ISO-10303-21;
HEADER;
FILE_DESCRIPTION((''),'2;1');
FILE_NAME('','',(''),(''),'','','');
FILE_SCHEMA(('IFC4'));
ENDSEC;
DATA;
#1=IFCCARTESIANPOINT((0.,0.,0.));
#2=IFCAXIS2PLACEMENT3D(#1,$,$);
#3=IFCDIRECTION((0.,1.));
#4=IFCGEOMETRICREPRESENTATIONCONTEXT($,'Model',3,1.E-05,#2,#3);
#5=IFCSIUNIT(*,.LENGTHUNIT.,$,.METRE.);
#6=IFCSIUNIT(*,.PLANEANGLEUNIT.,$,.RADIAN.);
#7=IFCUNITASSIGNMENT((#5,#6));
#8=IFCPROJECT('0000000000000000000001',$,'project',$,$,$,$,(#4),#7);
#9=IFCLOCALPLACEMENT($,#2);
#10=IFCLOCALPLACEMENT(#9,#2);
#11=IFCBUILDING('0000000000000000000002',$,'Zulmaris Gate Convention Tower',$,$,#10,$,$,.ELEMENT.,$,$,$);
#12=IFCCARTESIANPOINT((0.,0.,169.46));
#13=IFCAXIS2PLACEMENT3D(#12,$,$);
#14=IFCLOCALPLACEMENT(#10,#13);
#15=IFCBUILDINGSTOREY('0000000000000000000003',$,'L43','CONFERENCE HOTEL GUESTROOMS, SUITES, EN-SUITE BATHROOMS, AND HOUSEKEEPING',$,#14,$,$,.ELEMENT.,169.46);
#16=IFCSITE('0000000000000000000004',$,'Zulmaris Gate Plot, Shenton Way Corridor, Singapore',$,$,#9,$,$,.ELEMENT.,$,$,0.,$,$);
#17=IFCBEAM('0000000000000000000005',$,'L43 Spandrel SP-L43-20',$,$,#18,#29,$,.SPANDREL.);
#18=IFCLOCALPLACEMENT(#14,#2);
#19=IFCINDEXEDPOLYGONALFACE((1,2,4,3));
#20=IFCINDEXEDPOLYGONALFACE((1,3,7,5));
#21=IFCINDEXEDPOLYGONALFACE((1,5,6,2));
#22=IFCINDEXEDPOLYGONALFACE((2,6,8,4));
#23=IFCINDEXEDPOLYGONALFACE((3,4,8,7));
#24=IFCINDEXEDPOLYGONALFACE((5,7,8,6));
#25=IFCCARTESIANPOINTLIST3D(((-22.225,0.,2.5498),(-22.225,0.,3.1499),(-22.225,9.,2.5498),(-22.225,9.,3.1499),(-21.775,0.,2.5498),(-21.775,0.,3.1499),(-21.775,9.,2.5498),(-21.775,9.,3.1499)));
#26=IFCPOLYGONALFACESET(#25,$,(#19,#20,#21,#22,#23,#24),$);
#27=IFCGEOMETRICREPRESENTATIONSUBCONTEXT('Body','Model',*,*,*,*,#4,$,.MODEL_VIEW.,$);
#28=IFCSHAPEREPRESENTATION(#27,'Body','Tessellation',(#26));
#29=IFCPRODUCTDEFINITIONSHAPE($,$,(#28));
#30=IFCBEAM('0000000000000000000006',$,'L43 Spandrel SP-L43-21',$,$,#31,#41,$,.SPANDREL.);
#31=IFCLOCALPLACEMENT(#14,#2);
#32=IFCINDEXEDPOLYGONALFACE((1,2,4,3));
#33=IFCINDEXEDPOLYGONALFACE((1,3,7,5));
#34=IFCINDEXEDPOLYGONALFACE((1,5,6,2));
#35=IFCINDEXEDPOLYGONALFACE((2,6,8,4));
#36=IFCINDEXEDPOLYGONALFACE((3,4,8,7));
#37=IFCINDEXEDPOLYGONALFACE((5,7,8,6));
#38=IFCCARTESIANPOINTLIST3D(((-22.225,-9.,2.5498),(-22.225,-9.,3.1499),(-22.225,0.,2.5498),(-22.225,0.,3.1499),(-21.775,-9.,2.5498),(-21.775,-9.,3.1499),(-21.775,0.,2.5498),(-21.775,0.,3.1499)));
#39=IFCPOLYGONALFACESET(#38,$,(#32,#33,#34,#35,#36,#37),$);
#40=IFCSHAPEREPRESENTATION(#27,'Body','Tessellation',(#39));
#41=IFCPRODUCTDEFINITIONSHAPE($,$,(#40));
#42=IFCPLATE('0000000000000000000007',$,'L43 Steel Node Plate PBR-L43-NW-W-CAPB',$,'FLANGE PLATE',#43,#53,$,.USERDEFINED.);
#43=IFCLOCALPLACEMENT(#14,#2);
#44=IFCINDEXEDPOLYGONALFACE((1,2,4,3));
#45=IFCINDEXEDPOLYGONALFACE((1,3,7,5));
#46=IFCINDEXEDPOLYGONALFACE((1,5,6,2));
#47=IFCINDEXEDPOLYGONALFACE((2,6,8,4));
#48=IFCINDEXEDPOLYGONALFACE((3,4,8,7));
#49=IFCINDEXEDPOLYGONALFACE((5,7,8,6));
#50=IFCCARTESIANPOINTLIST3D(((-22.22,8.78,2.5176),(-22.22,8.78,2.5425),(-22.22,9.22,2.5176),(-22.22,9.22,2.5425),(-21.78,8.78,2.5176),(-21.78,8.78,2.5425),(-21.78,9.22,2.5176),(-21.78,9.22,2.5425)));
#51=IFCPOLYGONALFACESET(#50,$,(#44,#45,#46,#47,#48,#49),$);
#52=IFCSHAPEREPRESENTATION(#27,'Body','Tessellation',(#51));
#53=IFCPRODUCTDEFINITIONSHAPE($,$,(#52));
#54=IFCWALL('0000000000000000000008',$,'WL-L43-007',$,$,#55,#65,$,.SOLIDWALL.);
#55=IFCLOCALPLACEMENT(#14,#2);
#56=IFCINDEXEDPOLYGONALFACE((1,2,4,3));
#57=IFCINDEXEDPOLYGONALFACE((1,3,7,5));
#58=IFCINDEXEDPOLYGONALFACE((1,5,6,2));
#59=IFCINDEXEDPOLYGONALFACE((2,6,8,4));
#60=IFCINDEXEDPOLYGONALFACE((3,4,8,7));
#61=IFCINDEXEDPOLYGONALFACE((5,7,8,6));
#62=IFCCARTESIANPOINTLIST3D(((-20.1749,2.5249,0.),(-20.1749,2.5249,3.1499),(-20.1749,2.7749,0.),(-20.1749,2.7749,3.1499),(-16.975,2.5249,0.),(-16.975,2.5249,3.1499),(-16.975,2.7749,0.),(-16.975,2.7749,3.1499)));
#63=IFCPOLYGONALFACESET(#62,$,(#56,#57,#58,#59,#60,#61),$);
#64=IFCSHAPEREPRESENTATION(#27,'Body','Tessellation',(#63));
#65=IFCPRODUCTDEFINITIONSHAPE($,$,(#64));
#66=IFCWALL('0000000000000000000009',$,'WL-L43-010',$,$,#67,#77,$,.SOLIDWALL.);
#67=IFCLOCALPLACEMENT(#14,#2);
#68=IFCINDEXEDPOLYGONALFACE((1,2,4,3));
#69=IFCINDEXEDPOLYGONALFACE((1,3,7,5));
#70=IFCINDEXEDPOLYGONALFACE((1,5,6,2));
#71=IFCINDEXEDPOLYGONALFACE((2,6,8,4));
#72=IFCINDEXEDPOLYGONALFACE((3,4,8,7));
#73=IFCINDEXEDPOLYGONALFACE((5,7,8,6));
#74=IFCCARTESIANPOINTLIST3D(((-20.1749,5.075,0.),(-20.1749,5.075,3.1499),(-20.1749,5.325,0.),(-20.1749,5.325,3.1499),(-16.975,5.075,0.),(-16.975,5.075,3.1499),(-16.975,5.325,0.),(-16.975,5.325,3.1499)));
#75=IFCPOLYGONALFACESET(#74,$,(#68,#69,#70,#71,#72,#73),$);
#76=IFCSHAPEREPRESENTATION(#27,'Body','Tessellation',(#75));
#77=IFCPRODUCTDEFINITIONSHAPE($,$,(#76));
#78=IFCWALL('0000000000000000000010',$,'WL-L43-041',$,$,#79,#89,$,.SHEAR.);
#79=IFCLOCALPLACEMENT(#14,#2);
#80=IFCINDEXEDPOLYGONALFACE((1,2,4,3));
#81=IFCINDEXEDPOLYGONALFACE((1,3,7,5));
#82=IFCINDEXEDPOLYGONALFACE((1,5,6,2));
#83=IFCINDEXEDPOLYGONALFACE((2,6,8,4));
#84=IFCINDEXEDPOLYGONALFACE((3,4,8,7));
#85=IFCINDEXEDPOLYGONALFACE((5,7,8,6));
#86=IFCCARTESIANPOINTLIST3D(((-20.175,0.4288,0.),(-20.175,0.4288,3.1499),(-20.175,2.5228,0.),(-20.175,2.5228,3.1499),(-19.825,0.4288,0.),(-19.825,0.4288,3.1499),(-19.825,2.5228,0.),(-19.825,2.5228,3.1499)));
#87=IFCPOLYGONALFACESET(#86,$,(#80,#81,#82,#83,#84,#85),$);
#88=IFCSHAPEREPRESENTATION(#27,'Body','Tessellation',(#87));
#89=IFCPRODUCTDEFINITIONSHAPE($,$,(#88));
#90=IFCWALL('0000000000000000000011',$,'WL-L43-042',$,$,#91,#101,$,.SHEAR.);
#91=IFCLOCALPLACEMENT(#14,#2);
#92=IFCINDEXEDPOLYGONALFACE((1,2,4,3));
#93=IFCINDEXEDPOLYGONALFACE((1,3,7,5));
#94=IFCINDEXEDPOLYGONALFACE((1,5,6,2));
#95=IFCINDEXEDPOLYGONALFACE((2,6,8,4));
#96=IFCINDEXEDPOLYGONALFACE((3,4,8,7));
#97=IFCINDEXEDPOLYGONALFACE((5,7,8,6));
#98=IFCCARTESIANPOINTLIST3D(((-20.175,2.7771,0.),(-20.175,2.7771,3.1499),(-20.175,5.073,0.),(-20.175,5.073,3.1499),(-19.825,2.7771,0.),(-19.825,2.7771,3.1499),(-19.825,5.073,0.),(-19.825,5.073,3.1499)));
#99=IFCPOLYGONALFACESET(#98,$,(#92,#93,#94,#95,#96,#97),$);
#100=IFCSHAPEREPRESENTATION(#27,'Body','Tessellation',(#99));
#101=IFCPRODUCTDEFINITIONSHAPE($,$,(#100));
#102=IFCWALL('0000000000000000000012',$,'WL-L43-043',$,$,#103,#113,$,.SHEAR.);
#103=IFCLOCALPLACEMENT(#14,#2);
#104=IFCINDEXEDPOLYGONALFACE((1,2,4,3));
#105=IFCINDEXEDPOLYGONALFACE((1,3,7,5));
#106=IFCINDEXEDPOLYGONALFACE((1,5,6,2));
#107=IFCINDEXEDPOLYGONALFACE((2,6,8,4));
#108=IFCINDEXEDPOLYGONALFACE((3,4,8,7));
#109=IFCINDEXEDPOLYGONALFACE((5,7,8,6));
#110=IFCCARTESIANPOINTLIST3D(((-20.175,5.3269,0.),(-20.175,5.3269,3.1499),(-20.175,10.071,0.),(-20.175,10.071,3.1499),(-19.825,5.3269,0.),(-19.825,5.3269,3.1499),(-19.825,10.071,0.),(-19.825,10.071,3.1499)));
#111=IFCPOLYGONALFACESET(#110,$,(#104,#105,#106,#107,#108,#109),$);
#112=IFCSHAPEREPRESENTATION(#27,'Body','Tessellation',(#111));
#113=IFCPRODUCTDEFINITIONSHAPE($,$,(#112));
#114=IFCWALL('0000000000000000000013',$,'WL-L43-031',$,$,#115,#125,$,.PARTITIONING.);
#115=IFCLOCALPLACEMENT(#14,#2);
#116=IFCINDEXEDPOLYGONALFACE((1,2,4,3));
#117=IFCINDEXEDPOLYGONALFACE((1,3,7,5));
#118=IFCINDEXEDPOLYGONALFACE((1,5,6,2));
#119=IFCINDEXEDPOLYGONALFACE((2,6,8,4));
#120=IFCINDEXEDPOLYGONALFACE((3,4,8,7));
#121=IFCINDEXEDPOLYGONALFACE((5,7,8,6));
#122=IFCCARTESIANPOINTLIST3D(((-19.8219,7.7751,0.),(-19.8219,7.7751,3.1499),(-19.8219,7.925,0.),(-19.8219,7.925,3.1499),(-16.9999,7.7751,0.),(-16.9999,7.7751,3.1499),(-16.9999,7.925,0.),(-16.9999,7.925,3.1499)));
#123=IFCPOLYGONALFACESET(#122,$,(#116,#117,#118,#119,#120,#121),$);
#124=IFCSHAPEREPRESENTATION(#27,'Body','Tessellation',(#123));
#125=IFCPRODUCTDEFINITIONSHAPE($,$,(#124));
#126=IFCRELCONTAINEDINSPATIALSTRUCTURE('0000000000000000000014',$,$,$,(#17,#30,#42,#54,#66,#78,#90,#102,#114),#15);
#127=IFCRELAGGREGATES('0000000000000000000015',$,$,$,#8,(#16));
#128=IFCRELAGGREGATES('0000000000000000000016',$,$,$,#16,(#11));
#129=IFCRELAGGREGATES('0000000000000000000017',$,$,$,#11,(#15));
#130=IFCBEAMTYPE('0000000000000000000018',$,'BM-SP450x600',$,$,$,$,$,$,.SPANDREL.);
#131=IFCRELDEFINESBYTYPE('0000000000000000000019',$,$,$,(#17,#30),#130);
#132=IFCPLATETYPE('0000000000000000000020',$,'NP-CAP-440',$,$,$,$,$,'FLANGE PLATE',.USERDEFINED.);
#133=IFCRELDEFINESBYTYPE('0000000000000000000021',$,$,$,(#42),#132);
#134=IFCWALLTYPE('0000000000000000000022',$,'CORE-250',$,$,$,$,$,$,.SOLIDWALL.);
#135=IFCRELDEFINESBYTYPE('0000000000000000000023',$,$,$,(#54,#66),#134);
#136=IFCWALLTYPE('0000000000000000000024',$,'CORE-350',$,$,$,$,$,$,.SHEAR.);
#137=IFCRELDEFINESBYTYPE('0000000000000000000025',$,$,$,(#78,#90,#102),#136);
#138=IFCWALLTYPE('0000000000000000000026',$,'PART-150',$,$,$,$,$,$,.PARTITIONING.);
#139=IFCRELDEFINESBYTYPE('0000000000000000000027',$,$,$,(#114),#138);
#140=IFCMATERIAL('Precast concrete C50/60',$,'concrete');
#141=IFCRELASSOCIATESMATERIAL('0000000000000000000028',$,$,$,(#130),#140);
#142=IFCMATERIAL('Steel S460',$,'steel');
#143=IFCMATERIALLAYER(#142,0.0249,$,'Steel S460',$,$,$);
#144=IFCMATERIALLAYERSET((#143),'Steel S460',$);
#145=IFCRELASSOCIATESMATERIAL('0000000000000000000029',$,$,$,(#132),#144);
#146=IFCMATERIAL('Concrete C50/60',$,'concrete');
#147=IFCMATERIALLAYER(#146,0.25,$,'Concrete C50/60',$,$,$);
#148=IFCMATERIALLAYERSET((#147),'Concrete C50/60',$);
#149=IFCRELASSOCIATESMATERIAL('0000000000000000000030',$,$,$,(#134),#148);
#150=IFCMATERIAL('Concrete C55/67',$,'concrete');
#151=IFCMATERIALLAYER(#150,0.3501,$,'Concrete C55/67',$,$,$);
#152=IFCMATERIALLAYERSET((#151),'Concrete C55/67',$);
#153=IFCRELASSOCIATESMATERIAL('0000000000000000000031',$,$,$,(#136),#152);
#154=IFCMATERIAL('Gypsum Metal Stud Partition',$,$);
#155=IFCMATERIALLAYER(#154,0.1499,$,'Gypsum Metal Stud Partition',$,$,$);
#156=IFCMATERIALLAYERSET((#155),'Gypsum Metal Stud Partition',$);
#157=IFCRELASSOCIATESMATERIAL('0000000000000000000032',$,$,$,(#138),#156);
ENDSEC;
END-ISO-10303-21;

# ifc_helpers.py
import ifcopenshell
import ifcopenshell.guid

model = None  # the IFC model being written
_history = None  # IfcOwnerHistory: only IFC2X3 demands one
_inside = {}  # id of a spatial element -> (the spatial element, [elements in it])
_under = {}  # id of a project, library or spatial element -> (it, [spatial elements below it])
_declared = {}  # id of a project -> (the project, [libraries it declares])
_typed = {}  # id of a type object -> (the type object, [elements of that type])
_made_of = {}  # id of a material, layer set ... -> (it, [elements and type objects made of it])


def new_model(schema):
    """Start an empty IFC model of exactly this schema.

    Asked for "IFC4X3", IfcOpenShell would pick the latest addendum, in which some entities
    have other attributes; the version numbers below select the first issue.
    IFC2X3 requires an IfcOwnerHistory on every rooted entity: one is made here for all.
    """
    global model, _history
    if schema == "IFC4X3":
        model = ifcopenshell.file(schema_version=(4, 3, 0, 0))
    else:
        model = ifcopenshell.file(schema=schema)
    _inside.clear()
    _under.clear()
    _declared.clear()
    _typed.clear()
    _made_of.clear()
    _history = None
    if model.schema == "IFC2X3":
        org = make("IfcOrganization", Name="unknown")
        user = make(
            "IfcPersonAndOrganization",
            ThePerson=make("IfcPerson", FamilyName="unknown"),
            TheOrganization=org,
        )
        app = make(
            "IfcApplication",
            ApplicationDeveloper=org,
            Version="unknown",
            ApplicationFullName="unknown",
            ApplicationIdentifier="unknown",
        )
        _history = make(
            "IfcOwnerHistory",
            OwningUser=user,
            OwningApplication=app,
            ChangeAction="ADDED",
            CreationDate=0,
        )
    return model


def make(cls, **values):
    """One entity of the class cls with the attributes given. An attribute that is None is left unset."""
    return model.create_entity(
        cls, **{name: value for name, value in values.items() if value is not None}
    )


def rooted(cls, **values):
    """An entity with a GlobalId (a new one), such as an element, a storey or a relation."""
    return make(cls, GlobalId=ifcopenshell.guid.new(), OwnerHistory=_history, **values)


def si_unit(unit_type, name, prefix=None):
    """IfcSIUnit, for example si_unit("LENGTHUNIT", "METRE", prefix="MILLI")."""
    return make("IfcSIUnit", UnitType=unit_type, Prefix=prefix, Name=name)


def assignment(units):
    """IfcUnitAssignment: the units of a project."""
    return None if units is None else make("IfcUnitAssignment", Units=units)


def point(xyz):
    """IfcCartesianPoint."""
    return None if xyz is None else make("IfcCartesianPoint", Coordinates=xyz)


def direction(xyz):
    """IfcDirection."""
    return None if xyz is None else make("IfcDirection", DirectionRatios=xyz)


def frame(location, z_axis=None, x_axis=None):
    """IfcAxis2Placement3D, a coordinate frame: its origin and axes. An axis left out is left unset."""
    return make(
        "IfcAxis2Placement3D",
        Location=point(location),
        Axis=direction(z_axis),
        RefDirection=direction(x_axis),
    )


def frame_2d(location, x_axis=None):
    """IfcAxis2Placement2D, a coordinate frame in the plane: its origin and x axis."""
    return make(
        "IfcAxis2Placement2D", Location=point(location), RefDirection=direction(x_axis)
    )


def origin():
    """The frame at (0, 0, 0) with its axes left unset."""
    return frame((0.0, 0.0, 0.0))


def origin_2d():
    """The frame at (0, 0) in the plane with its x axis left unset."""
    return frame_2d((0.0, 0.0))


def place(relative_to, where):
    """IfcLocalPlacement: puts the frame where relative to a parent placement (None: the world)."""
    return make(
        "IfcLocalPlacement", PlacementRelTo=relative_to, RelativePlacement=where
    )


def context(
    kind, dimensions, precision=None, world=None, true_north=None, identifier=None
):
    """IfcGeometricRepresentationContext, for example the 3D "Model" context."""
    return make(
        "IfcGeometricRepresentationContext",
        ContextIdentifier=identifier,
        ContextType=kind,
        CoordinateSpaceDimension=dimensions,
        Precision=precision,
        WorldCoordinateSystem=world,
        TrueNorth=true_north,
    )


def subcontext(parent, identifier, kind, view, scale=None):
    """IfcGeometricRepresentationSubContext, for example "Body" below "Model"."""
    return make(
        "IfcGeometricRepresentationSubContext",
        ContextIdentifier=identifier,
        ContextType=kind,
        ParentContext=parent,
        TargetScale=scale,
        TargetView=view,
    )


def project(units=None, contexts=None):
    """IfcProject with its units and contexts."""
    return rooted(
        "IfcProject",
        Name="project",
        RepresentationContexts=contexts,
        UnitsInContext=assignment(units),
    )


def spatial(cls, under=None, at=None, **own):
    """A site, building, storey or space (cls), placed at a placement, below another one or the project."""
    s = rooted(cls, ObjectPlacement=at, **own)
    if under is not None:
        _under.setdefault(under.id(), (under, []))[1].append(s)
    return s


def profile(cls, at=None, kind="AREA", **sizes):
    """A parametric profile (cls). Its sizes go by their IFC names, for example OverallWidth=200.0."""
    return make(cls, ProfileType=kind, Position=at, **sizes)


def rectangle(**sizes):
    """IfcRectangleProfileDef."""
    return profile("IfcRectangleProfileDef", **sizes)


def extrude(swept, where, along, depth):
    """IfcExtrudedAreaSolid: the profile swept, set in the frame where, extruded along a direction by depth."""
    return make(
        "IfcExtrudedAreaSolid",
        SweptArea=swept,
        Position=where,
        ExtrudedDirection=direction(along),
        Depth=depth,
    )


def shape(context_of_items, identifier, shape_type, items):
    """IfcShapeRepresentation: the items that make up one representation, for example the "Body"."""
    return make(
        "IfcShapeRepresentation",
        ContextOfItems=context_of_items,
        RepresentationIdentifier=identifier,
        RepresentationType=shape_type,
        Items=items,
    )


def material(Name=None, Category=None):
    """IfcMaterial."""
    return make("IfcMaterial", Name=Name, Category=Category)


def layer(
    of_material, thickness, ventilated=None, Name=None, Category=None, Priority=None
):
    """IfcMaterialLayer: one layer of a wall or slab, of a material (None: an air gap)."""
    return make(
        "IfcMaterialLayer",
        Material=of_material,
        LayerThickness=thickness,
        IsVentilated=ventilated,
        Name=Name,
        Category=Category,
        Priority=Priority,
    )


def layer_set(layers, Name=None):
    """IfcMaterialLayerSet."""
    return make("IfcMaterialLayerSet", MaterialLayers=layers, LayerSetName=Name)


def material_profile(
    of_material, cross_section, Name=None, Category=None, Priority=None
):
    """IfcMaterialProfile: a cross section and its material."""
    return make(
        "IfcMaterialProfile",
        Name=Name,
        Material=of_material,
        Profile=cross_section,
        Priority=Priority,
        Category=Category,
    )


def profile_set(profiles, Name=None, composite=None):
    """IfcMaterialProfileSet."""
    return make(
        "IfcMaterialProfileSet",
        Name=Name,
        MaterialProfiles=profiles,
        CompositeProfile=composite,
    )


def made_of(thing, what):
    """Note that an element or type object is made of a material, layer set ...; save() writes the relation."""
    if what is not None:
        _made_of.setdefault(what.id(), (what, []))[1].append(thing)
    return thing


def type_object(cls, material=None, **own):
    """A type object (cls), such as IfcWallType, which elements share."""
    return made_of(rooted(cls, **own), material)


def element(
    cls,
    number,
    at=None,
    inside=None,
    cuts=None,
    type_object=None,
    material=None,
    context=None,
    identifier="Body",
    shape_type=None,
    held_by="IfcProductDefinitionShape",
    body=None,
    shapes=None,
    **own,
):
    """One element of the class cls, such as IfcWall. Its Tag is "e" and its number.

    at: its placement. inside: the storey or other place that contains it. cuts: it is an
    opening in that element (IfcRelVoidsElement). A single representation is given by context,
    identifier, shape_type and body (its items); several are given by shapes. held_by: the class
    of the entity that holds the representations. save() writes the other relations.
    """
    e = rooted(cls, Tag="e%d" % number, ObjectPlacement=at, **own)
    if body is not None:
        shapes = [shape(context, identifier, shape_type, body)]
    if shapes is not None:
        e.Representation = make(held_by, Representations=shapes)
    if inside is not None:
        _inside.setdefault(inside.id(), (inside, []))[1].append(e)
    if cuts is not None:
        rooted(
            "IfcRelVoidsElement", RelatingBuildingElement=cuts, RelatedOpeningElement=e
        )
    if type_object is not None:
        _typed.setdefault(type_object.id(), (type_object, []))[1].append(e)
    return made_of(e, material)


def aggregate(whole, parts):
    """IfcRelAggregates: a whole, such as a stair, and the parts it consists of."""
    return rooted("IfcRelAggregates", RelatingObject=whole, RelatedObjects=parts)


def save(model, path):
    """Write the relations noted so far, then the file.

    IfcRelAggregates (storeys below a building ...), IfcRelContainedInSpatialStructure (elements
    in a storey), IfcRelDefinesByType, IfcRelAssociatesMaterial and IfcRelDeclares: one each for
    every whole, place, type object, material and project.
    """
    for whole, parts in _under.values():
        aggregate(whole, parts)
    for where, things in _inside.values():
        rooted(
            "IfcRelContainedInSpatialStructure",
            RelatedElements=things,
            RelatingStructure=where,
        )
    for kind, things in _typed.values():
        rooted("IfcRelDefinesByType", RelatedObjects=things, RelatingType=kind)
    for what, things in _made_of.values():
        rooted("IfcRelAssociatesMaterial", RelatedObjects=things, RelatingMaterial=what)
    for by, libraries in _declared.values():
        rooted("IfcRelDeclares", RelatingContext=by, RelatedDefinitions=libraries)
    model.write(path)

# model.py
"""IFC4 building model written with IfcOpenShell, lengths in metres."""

from ifc_helpers import new_model, si_unit, direction, frame, frame_2d, origin, origin_2d, place, context, subcontext, project, spatial, rectangle, extrude, material, layer, layer_set, material_profile, profile_set, type_object, element, save


model = new_model("IFC4")

# Units and contexts
model_context = context("Model", 3, precision=1e-05, world=origin(), true_north=direction((0.0, 1.0)))
body_context = subcontext(model_context, "Body", "Model", "MODEL_VIEW")
ifc_project = project(units=[si_unit("LENGTHUNIT", "METRE"), si_unit("PLANEANGLEUNIT", "RADIAN")], contexts=[model_context])

# Site, building, storey
site_placement = place(None, origin())
site = spatial("IfcSite", under=ifc_project, at=site_placement, Name="Zulmaris Gate Plot, Shenton Way Corridor, Singapore", CompositionType="ELEMENT", RefElevation=0.0)
building_placement = place(site_placement, origin())
building = spatial("IfcBuilding", under=site, at=building_placement, Name="Zulmaris Gate Convention Tower", CompositionType="ELEMENT")
storey_placement = place(building_placement, frame((0.0, 0.0, 169.46)))
storey = spatial("IfcBuildingStorey", under=building, at=storey_placement, Name="L43", Description="CONFERENCE HOTEL GUESTROOMS, SUITES, EN-SUITE BATHROOMS, AND HOUSEKEEPING", CompositionType="ELEMENT", Elevation=169.46)

# Beams
ifc_material_1 = material(Name="Concrete C50/60", Category="concrete")
ifc_material_2 = material(Name="Precast concrete C50/60", Category="concrete")
ifc_material_profile_1 = material_profile(ifc_material_2, rectangle(XDim=0.45, YDim=0.6001, at=origin_2d()), Name="RC SPANDREL 450x600")
ifc_profile_set_1 = profile_set([ifc_material_profile_1], Name="Precast concrete C50/60")
beam_type_1 = type_object("IfcBeamType", Name="BM-SP450x600", PredefinedType="SPANDREL", material=ifc_profile_set_1)
for number, where, z_axis, x_axis, name in (
    (1, (-22.0, 9.0, 2.8499), (0.0, -1.0, 0.0), (1.0, 0.0, 0.0), "L43 Spandrel SP-L43-20"),
    (2, (-22.0, 0.0, 2.8499), (0.0, -1.0, 0.0), (1.0, 0.0, 0.0), "L43 Spandrel SP-L43-21"),
):
    element("IfcBeam", number, at=place(storey_placement, frame(where, z_axis=z_axis, x_axis=x_axis)), inside=storey, type_object=beam_type_1, Name=name, PredefinedType="SPANDREL", context=body_context, shape_type="SweptSolid", body=[
        extrude(rectangle(XDim=0.45, YDim=0.6001, at=origin_2d()), origin(), (0.0, 0.0, 1.0), 9.0),
    ])

# Plate
ifc_material_3 = material(Name="Steel S460", Category="steel")
ifc_layer_1 = layer(ifc_material_3, 0.0249, Name="Steel S460")
ifc_layer_set_1 = layer_set([ifc_layer_1], Name="Steel S460")
plate_type = type_object("IfcPlateType", Name="NP-CAP-440", ElementType="FLANGE PLATE", PredefinedType="USERDEFINED", material=ifc_layer_set_1)
plate_placement = place(storey_placement, frame((-22.0, 9.0, 2.5176), z_axis=(0.0, 0.0, 1.0), x_axis=(1.0, 0.0, 0.0)))
element("IfcPlate", 3, at=plate_placement, inside=storey, type_object=plate_type, Name="L43 Steel Node Plate PBR-L43-NW-W-CAPB", ObjectType="FLANGE PLATE", PredefinedType="USERDEFINED", context=body_context, shape_type="SweptSolid", body=[
    extrude(rectangle(XDim=0.4399, YDim=0.4399, at=origin_2d()), origin(), (0.0, 0.0, 1.0), 0.0249),
])

# Walls
ifc_layer_2 = layer(ifc_material_1, 0.25, Name="Concrete C50/60")
ifc_layer_set_2 = layer_set([ifc_layer_2], Name="Concrete C50/60")
wall_type_1 = type_object("IfcWallType", Name="CORE-250", PredefinedType="SOLIDWALL", material=ifc_layer_set_2)
for number, where, z_axis, x_axis, name in (
    (4, (-20.175, 2.6499, 0.0), (0.0, 0.0, 1.0), (1.0, 0.0, 0.0), "WL-L43-007"),
    (5, (-20.175, 5.2, 0.0), (0.0, 0.0, 1.0), (1.0, 0.0, 0.0), "WL-L43-010"),
):
    element("IfcWall", number, at=place(storey_placement, frame(where, z_axis=z_axis, x_axis=x_axis)), inside=storey, type_object=wall_type_1, Name=name, PredefinedType="SOLIDWALL", context=body_context, shape_type="SweptSolid", body=[
        extrude(rectangle(XDim=3.2, YDim=0.25, at=frame_2d((1.6001, 0.0))), origin(), (0.0, 0.0, 1.0), 3.1499),
    ])
ifc_material_4 = material(Name="Concrete C55/67", Category="concrete")
ifc_layer_3 = layer(ifc_material_4, 0.3501, Name="Concrete C55/67")
ifc_layer_set_3 = layer_set([ifc_layer_3], Name="Concrete C55/67")
wall_type_2 = type_object("IfcWallType", Name="CORE-350", PredefinedType="SHEAR", material=ifc_layer_set_3)
wall_1_placement = place(storey_placement, frame((-20.0, 0.429, 0.0), z_axis=(0.0, 0.0, 1.0), x_axis=(0.0, 1.0, 0.0)))
element("IfcWall", 6, at=wall_1_placement, inside=storey, type_object=wall_type_2, Name="WL-L43-041", PredefinedType="SHEAR", context=body_context, shape_type="SweptSolid", body=[
    extrude(rectangle(XDim=2.094, YDim=0.3501, at=frame_2d((1.0469, 0.0))), origin(), (0.0, 0.0, 1.0), 3.1499),
])
wall_2_placement = place(storey_placement, frame((-20.0, 2.7771, 0.0), z_axis=(0.0, 0.0, 1.0), x_axis=(0.0, 1.0, 0.0)))
element("IfcWall", 7, at=wall_2_placement, inside=storey, type_object=wall_type_2, Name="WL-L43-042", PredefinedType="SHEAR", context=body_context, shape_type="SweptSolid", body=[
    extrude(rectangle(XDim=2.2959, YDim=0.3501, at=frame_2d((1.1479, 0.0))), origin(), (0.0, 0.0, 1.0), 3.1499),
])
wall_3_placement = place(storey_placement, frame((-20.0, 5.3269, 0.0), z_axis=(0.0, 0.0, 1.0), x_axis=(0.0, 1.0, 0.0)))
element("IfcWall", 8, at=wall_3_placement, inside=storey, type_object=wall_type_2, Name="WL-L43-043", PredefinedType="SHEAR", context=body_context, shape_type="SweptSolid", body=[
    extrude(rectangle(XDim=4.7441, YDim=0.3501, at=frame_2d((2.3721, 0.0))), origin(), (0.0, 0.0, 1.0), 3.1499),
])
ifc_material_5 = material(Name="Gypsum Metal Stud Partition")
ifc_layer_4 = layer(ifc_material_5, 0.1499, Name="Gypsum Metal Stud Partition")
ifc_layer_set_4 = layer_set([ifc_layer_4], Name="Gypsum Metal Stud Partition")
wall_type_3 = type_object("IfcWallType", Name="PART-150", PredefinedType="PARTITIONING", material=ifc_layer_set_4)
wall_4_placement = place(storey_placement, frame((-19.822, 7.8501, 0.0), z_axis=(0.0, 0.0, 1.0), x_axis=(1.0, 0.0, 0.0)))
element("IfcWall", 9, at=wall_4_placement, inside=storey, type_object=wall_type_3, Name="WL-L43-031", PredefinedType="PARTITIONING", context=body_context, shape_type="SweptSolid", body=[
    extrude(rectangle(XDim=2.822, YDim=0.1499, at=frame_2d((1.4111, 0.0))), origin(), (0.0, 0.0, 1.0), 3.1499),
])

save(model, "model.ifc")
